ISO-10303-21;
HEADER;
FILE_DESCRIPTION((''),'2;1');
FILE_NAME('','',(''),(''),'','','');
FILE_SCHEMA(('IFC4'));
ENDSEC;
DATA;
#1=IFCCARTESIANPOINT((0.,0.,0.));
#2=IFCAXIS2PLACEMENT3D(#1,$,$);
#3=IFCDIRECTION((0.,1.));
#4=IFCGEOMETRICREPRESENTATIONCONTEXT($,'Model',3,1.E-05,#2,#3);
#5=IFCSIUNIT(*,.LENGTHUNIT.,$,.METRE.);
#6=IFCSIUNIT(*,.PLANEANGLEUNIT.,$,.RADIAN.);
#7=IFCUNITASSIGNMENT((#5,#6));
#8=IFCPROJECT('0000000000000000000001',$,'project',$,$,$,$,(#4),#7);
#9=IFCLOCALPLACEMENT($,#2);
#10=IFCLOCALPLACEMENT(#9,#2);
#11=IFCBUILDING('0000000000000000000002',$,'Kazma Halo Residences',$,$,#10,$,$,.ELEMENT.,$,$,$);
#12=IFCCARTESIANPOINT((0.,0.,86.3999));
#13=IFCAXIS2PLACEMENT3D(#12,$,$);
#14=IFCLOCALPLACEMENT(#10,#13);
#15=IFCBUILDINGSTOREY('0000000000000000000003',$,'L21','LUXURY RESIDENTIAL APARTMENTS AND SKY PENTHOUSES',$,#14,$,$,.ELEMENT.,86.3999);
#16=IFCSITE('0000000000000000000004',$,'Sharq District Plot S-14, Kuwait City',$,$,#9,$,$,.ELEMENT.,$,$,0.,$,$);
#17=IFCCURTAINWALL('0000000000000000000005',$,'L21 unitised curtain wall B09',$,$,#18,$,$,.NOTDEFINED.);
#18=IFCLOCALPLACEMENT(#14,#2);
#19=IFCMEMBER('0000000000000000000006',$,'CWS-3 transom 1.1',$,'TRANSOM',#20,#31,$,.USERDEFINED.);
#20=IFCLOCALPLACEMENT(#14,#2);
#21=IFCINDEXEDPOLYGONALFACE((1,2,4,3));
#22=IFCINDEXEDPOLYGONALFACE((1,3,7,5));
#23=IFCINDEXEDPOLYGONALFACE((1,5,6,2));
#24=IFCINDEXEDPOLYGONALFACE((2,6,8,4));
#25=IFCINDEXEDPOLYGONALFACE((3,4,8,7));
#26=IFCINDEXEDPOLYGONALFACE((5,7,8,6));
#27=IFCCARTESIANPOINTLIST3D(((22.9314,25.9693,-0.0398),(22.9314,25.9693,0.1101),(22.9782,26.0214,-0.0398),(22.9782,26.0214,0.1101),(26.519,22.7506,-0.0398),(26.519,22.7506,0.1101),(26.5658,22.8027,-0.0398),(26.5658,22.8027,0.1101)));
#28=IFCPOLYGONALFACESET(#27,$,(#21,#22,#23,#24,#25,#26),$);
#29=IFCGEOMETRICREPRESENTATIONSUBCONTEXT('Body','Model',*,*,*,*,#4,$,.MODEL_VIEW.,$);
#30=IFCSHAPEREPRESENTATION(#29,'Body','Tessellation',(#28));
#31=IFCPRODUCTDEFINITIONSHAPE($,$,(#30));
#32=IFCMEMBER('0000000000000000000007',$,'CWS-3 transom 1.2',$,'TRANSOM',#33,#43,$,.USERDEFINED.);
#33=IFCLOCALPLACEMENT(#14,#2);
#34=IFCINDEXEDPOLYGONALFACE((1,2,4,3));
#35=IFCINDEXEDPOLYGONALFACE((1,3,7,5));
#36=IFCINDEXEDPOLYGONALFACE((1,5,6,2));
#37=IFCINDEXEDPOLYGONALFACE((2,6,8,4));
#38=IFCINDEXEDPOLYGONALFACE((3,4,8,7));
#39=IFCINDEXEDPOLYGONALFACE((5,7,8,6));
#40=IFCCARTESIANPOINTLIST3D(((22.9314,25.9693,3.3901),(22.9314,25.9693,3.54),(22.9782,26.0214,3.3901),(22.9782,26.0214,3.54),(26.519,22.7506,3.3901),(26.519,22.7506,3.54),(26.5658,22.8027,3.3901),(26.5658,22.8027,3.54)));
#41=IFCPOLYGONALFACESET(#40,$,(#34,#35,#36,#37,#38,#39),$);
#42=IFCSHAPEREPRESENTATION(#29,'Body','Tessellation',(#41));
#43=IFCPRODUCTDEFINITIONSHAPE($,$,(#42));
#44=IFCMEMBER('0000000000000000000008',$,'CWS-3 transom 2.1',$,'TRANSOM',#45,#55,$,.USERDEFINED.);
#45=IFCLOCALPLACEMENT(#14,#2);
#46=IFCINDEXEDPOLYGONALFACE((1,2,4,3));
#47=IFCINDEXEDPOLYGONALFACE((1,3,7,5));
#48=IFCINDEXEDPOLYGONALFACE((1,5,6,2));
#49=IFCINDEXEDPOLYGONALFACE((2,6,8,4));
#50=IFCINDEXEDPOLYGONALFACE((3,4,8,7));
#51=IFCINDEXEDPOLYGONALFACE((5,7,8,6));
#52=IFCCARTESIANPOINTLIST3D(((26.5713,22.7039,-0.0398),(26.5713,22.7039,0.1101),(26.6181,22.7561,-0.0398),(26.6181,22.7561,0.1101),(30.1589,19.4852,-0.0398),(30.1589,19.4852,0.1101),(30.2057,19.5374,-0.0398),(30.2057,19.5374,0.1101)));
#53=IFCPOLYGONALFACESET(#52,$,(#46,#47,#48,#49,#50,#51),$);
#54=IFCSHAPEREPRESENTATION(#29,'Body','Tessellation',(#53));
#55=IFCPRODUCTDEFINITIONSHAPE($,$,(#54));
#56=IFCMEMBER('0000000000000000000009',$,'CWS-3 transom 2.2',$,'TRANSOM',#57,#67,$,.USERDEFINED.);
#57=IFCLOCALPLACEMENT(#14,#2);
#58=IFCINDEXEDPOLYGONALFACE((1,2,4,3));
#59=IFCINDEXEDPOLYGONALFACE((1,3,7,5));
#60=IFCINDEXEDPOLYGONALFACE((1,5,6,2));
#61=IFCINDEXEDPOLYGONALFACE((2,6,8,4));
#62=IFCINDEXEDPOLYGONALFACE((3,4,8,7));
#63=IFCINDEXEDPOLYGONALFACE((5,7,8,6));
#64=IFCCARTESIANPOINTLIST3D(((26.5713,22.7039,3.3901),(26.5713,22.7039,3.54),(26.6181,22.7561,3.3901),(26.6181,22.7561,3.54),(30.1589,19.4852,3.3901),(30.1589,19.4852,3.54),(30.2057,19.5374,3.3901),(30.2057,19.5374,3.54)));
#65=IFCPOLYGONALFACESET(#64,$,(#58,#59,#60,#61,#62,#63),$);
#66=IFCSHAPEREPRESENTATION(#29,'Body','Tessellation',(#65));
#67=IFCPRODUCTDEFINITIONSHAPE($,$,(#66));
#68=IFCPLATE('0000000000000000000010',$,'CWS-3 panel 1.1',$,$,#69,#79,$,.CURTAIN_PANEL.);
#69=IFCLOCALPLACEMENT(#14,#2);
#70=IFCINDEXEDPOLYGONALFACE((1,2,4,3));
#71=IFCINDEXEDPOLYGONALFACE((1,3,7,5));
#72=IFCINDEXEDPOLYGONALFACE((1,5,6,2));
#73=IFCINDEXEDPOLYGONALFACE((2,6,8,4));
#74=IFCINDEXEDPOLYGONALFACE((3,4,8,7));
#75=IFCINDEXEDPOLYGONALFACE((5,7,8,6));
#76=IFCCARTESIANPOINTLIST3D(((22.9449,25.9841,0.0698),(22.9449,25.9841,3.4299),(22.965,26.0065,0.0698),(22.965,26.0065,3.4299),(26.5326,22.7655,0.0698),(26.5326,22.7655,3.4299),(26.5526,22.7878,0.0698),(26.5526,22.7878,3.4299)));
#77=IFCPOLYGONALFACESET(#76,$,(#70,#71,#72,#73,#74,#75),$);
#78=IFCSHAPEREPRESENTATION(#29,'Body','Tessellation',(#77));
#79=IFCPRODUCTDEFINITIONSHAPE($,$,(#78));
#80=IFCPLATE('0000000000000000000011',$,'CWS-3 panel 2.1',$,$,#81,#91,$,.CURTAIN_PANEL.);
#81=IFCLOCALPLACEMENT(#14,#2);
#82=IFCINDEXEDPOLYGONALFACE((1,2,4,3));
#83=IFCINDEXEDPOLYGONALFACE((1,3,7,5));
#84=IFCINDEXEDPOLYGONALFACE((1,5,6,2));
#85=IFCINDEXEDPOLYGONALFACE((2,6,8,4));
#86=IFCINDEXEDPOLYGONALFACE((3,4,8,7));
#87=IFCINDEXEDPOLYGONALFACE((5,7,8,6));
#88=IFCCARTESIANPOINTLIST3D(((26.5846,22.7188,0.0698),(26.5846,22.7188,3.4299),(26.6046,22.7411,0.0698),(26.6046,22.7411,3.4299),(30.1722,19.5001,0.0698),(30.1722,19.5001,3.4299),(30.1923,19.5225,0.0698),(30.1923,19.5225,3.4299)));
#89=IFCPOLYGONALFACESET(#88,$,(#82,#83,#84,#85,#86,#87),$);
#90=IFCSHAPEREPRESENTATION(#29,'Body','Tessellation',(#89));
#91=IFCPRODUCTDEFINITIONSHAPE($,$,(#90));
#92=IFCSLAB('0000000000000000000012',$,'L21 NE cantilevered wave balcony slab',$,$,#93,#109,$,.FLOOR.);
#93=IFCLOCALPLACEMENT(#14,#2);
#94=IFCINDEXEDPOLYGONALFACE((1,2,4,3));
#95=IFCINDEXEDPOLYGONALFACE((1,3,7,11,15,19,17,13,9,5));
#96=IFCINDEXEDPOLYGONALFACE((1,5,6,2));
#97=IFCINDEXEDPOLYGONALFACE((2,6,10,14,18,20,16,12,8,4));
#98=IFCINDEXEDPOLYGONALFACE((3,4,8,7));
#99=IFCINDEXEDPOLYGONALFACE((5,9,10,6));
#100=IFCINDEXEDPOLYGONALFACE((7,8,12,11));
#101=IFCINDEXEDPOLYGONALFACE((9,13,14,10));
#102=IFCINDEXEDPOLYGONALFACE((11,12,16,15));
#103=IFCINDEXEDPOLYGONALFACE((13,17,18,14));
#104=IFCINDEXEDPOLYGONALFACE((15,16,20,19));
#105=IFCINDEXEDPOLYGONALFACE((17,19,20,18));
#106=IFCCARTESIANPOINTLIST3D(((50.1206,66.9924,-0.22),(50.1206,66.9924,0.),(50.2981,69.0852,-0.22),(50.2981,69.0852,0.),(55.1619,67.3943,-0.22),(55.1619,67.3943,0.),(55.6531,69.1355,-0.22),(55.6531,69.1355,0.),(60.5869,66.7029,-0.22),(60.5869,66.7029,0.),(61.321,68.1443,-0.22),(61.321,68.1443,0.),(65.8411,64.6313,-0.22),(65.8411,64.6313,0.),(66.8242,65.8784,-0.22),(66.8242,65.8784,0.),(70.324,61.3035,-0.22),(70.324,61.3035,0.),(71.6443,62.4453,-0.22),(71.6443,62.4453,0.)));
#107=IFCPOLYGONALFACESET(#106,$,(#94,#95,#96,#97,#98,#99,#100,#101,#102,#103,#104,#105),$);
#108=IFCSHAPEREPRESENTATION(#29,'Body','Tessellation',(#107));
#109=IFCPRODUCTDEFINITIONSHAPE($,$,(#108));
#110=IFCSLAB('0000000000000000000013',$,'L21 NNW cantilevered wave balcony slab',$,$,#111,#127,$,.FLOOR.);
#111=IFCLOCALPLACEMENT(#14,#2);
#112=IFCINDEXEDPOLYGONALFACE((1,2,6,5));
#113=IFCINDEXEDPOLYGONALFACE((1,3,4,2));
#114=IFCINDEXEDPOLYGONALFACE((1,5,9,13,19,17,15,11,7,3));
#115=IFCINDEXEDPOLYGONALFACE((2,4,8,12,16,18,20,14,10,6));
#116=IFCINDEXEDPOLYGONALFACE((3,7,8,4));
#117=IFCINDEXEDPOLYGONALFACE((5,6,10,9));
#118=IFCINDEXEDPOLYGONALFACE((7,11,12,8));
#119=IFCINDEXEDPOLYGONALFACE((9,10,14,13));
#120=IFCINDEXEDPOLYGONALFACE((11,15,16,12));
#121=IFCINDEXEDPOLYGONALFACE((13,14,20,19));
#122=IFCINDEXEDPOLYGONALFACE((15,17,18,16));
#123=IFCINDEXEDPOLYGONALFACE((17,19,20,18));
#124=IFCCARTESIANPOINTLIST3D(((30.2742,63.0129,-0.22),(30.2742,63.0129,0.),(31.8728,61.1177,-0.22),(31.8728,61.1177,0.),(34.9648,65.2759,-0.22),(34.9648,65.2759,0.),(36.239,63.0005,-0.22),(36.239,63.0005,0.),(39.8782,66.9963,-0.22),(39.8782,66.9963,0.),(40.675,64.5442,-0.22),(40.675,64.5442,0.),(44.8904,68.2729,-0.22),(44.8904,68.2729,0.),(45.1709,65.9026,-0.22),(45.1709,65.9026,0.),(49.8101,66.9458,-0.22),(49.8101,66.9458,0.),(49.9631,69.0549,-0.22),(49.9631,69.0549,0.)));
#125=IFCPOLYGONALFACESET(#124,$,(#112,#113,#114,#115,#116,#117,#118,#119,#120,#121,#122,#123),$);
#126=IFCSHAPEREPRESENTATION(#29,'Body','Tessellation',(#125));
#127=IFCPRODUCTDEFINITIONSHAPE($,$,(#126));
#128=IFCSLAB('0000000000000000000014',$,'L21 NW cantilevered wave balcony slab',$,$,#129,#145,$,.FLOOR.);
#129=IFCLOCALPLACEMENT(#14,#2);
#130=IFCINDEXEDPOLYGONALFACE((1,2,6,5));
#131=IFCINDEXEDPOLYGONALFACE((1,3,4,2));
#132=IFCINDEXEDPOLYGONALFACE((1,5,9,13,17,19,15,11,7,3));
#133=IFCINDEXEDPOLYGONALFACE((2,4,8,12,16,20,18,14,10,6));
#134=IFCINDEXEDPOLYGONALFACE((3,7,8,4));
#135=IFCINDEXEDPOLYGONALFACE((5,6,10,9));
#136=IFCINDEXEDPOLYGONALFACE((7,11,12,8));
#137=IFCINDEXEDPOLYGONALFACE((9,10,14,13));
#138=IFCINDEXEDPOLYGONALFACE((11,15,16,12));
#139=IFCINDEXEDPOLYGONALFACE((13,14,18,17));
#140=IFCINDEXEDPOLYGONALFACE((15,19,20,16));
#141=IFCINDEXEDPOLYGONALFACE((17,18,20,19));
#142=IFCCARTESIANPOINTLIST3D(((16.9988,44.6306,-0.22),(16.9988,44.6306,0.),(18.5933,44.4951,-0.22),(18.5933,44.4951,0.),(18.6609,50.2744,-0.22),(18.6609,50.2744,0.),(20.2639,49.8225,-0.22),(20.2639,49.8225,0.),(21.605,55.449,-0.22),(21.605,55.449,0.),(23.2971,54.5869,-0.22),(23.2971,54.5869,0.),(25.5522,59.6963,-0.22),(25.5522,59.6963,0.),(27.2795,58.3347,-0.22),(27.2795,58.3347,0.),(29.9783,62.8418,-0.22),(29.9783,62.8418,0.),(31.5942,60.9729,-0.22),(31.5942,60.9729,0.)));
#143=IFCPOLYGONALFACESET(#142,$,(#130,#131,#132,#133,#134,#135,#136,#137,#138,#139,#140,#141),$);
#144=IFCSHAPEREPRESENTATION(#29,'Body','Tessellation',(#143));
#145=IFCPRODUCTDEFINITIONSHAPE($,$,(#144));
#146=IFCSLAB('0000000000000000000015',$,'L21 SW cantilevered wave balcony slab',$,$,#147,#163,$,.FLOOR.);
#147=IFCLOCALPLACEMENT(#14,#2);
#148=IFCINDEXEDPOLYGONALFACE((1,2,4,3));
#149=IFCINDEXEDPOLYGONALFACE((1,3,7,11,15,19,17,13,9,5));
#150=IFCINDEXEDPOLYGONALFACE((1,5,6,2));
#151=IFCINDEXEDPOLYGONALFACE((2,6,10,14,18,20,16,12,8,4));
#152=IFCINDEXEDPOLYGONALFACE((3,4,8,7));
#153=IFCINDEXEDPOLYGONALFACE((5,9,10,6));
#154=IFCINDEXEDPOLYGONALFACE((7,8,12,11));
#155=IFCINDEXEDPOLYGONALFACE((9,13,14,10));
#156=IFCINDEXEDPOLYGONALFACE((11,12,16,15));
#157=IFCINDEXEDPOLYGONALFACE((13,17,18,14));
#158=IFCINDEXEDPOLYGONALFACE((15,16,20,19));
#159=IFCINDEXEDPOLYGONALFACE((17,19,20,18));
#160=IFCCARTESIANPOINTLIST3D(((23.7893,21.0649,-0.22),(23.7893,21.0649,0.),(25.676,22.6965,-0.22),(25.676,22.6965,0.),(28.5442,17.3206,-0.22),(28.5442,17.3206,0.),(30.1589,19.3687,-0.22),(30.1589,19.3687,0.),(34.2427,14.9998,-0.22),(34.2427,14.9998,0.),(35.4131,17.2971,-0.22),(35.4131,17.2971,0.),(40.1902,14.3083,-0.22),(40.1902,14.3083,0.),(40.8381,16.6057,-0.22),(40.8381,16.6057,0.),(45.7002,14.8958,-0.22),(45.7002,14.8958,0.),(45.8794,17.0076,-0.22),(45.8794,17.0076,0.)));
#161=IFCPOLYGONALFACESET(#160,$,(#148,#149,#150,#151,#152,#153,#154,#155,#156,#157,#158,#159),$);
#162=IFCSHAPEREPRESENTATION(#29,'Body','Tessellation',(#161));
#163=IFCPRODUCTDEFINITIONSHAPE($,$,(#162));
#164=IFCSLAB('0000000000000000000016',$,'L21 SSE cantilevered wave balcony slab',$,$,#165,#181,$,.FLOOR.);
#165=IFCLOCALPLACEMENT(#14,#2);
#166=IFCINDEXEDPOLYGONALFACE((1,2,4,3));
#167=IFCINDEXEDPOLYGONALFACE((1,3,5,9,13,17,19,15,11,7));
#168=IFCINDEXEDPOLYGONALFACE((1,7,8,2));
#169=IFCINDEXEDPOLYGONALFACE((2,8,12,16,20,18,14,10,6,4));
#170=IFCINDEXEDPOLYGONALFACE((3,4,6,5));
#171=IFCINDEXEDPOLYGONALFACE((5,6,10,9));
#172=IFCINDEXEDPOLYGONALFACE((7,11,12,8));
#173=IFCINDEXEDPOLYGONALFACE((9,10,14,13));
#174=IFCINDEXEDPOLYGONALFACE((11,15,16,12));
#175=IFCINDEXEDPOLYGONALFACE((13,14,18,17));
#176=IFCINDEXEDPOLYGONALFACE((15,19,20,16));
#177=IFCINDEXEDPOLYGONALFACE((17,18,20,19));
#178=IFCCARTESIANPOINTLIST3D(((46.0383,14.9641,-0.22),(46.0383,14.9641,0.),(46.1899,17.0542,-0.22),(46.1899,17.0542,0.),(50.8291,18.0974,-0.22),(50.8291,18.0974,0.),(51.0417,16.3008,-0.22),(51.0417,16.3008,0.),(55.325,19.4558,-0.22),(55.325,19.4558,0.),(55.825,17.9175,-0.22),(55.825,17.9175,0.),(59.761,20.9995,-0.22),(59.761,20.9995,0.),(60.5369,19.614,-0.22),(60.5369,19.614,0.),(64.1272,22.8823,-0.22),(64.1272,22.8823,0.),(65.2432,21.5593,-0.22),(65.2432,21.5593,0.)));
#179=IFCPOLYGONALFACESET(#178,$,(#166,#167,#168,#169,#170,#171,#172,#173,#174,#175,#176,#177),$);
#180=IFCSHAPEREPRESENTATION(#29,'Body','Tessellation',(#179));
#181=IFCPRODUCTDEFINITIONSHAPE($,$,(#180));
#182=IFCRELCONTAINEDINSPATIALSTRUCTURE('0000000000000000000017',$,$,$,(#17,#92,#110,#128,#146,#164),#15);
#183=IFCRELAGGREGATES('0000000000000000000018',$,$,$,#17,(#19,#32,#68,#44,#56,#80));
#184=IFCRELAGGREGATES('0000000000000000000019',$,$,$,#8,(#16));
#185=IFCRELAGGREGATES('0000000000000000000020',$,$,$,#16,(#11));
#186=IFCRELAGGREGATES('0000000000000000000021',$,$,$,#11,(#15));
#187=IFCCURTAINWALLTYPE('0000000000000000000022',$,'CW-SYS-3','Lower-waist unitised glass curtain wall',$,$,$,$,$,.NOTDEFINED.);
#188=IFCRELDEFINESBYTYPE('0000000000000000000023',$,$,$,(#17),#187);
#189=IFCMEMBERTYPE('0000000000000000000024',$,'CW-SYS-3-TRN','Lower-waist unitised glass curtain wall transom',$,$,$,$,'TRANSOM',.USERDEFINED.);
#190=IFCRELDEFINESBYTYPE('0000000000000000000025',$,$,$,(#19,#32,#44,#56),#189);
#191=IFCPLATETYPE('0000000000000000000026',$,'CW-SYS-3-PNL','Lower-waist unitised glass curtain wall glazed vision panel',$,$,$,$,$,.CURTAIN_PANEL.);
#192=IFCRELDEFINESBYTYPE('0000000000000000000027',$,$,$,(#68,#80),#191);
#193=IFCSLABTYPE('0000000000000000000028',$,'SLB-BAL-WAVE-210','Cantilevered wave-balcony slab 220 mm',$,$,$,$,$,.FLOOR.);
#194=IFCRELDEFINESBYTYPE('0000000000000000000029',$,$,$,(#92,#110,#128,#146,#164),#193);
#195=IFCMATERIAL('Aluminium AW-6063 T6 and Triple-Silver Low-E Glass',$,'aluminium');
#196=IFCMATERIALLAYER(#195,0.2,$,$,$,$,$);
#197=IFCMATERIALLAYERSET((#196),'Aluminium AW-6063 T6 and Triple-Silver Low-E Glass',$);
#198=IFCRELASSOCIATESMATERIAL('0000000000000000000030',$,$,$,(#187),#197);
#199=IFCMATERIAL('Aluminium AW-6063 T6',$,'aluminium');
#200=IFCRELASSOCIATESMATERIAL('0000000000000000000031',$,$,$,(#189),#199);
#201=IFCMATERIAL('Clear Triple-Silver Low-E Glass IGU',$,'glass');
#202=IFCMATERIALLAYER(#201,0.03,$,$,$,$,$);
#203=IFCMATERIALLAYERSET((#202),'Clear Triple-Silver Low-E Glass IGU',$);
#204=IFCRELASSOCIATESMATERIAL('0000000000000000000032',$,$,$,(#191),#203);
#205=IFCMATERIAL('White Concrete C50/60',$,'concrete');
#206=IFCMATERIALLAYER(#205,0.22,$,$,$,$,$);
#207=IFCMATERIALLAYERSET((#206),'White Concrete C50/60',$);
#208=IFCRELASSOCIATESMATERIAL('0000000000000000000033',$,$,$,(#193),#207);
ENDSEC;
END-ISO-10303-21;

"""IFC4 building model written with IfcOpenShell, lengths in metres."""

from ifc_helpers import new_model, si_unit, direction, frame, origin, origin_2d, place, context, subcontext, project, spatial, polyline, rectangle, outline, extrude, material, layer, layer_set, material_profile, profile_set, type_object, element, aggregate, save


model = new_model("IFC4")

# Units and contexts
model_context = context("Model", 3, precision=1e-05, world=origin(), true_north=direction((0.0, 1.0)))
body_context = subcontext(model_context, "Body", "Model", "MODEL_VIEW")
ifc_project = project(units=[si_unit("LENGTHUNIT", "METRE"), si_unit("PLANEANGLEUNIT", "RADIAN")], contexts=[model_context])

# Site, building, storey
site_placement = place(None, origin())
site = spatial("IfcSite", under=ifc_project, at=site_placement, Name="Sharq District Plot S-14, Kuwait City", CompositionType="ELEMENT", RefElevation=0.0)
building_placement = place(site_placement, origin())
building = spatial("IfcBuilding", under=site, at=building_placement, Name="Kazma Halo Residences", CompositionType="ELEMENT")
storey_placement = place(building_placement, frame((0.0, 0.0, 86.3999)))
storey = spatial("IfcBuildingStorey", under=building, at=storey_placement, Name="L21", Description="LUXURY RESIDENTIAL APARTMENTS AND SKY PENTHOUSES", CompositionType="ELEMENT", Elevation=86.3999)

# Curtain wall, members, plates
ifc_material_1 = material(Name="Aluminium AW-6063 T6 and Triple-Silver Low-E Glass", Category="aluminium")
ifc_layer_1 = layer(ifc_material_1, 0.2)
ifc_layer_set_1 = layer_set([ifc_layer_1], Name="Aluminium AW-6063 T6 and Triple-Silver Low-E Glass")
curtain_wall_type = type_object("IfcCurtainWallType", Name="CW-SYS-3", Description="Lower-waist unitised glass curtain wall", PredefinedType="NOTDEFINED", material=ifc_layer_set_1)
curtain_wall_placement = place(storey_placement, origin())
curtain_wall = element("IfcCurtainWall", 1, at=curtain_wall_placement, inside=storey, type_object=curtain_wall_type, Name="L21 unitised curtain wall B09", PredefinedType="NOTDEFINED")
ifc_material_2 = material(Name="Aluminium AW-6063 T6", Category="aluminium")
ifc_material_profile_1 = material_profile(ifc_material_2, rectangle(XDim=0.0701, YDim=0.1499, at=origin_2d()), Name="CWT-70x150")
ifc_profile_set_1 = profile_set([ifc_material_profile_1], Name="Aluminium AW-6063 T6")
member_type_1 = type_object("IfcMemberType", Name="CW-SYS-3-TRN", Description="Lower-waist unitised glass curtain wall transom", ElementType="TRANSOM", PredefinedType="USERDEFINED", material=ifc_profile_set_1)
member_1_placement = place(storey_placement, frame((22.9548, 25.9954, 0.0352), z_axis=(0.744338, -0.667803, 0.0), x_axis=(0.667803, 0.744338, 0.0)))
member_1 = element("IfcMember", 2, at=member_1_placement, type_object=member_type_1, Name="CWS-3 transom 1.1", ObjectType="TRANSOM", PredefinedType="USERDEFINED", context=body_context, shape_type="SweptSolid", body=[
    extrude(rectangle(XDim=0.0701, YDim=0.1499, at=origin_2d()), origin(), (0.0, 0.0, 1.0), 4.8198),
])
member_2_placement = place(storey_placement, frame((22.9548, 25.9954, 3.4651), z_axis=(0.744338, -0.667803, 0.0), x_axis=(0.667803, 0.744338, 0.0)))
member_2 = element("IfcMember", 3, at=member_2_placement, type_object=member_type_1, Name="CWS-3 transom 1.2", ObjectType="TRANSOM", PredefinedType="USERDEFINED", context=body_context, shape_type="SweptSolid", body=[
    extrude(rectangle(XDim=0.0701, YDim=0.1499, at=origin_2d()), origin(), (0.0, 0.0, 1.0), 4.8198),
])
member_3_placement = place(storey_placement, frame((26.5947, 22.73, 0.0352), z_axis=(0.744338, -0.667803, 0.0), x_axis=(0.667803, 0.744338, 0.0)))
member_3 = element("IfcMember", 4, at=member_3_placement, type_object=member_type_1, Name="CWS-3 transom 2.1", ObjectType="TRANSOM", PredefinedType="USERDEFINED", context=body_context, shape_type="SweptSolid", body=[
    extrude(rectangle(XDim=0.0701, YDim=0.1499, at=origin_2d()), origin(), (0.0, 0.0, 1.0), 4.8198),
])
member_4_placement = place(storey_placement, frame((26.5947, 22.73, 3.4651), z_axis=(0.744338, -0.667803, 0.0), x_axis=(0.667803, 0.744338, 0.0)))
member_4 = element("IfcMember", 5, at=member_4_placement, type_object=member_type_1, Name="CWS-3 transom 2.2", ObjectType="TRANSOM", PredefinedType="USERDEFINED", context=body_context, shape_type="SweptSolid", body=[
    extrude(rectangle(XDim=0.0701, YDim=0.1499, at=origin_2d()), origin(), (0.0, 0.0, 1.0), 4.8198),
])
ifc_material_3 = material(Name="Clear Triple-Silver Low-E Glass IGU", Category="glass")
ifc_layer_2 = layer(ifc_material_3, 0.03)
ifc_layer_set_2 = layer_set([ifc_layer_2], Name="Clear Triple-Silver Low-E Glass IGU")
plate_type = type_object("IfcPlateType", Name="CW-SYS-3-PNL", Description="Lower-waist unitised glass curtain wall glazed vision panel", PredefinedType="CURTAIN_PANEL", material=ifc_layer_set_2)
plate_1_placement = place(storey_placement, frame((24.7488, 24.386, 0.0698), z_axis=(0.0, 0.0, 1.0), x_axis=(0.744345, -0.667795, 0.0)))
plate_1 = element("IfcPlate", 6, at=plate_1_placement, type_object=plate_type, Name="CWS-3 panel 1.1", PredefinedType="CURTAIN_PANEL", context=body_context, shape_type="SweptSolid", body=[
    extrude(rectangle(XDim=4.8198, YDim=0.03, at=origin_2d()), origin(), (0.0, 0.0, 1.0), 3.3601),
])
plate_2_placement = place(storey_placement, frame((28.3884, 21.1206, 0.0698), z_axis=(0.0, 0.0, 1.0), x_axis=(0.744345, -0.667795, 0.0)))
plate_2 = element("IfcPlate", 7, at=plate_2_placement, type_object=plate_type, Name="CWS-3 panel 2.1", PredefinedType="CURTAIN_PANEL", context=body_context, shape_type="SweptSolid", body=[
    extrude(rectangle(XDim=4.8198, YDim=0.03, at=origin_2d()), origin(), (0.0, 0.0, 1.0), 3.3601),
])
aggregate(curtain_wall, [member_1, member_2, plate_1, member_3, member_4, plate_2])

# Slabs
ifc_material_4 = material(Name="White Concrete C50/60", Category="concrete")
ifc_layer_3 = layer(ifc_material_4, 0.22)
ifc_layer_set_3 = layer_set([ifc_layer_3], Name="White Concrete C50/60")
slab_type_1 = type_object("IfcSlabType", Name="SLB-BAL-WAVE-210", Description="Cantilevered wave-balcony slab 220 mm", PredefinedType="FLOOR", material=ifc_layer_set_3)
slab_1_placement = place(storey_placement, frame((0.0, 0.0, -0.22)))
element("IfcSlab", 8, at=slab_1_placement, inside=storey, type_object=slab_type_1, Name="L21 NE cantilevered wave balcony slab", PredefinedType="FLOOR", context=body_context, shape_type="SweptSolid", body=[
    extrude(outline(polyline([(70.324, 61.3035), (65.8411, 64.6313), (60.5869, 66.7029), (55.1619, 67.3943), (50.1206, 66.9924), (50.2981, 69.0852), (55.6531, 69.1355), (61.321, 68.1443), (66.8242, 65.8784), (71.6443, 62.4453), (70.324, 61.3035)])), origin(), (0.0, 0.0, 1.0), 0.22),
])
slab_2_placement = place(storey_placement, frame((0.0, 0.0, -0.22)))
element("IfcSlab", 9, at=slab_2_placement, inside=storey, type_object=slab_type_1, Name="L21 NNW cantilevered wave balcony slab", PredefinedType="FLOOR", context=body_context, shape_type="SweptSolid", body=[
    extrude(outline(polyline([(49.8101, 66.9458), (45.1709, 65.9026), (40.675, 64.5442), (36.239, 63.0005), (31.8728, 61.1177), (30.2742, 63.0129), (34.9648, 65.2759), (39.8782, 66.9963), (44.8904, 68.2729), (49.9631, 69.0549), (49.8101, 66.9458)])), origin(), (0.0, 0.0, 1.0), 0.22),
])
slab_3_placement = place(storey_placement, frame((0.0, 0.0, -0.22)))
element("IfcSlab", 10, at=slab_3_placement, inside=storey, type_object=slab_type_1, Name="L21 NW cantilevered wave balcony slab", PredefinedType="FLOOR", context=body_context, shape_type="SweptSolid", body=[
    extrude(outline(polyline([(31.5942, 60.9729), (27.2795, 58.3347), (23.2971, 54.5869), (20.2639, 49.8225), (18.5933, 44.4951), (16.9988, 44.6306), (18.6609, 50.2744), (21.605, 55.449), (25.5522, 59.6963), (29.9783, 62.8418), (31.5942, 60.9729)])), origin(), (0.0, 0.0, 1.0), 0.22),
])
slab_4_placement = place(storey_placement, frame((0.0, 0.0, -0.22)))
element("IfcSlab", 11, at=slab_4_placement, inside=storey, type_object=slab_type_1, Name="L21 SW cantilevered wave balcony slab", PredefinedType="FLOOR", context=body_context, shape_type="SweptSolid", body=[
    extrude(outline(polyline([(25.676, 22.6965), (30.1589, 19.3687), (35.4131, 17.2971), (40.8381, 16.6057), (45.8794, 17.0076), (45.7002, 14.8958), (40.1902, 14.3083), (34.2427, 14.9998), (28.5442, 17.3206), (23.7893, 21.0649), (25.676, 22.6965)])), origin(), (0.0, 0.0, 1.0), 0.22),
])
slab_5_placement = place(storey_placement, frame((0.0, 0.0, -0.22)))
element("IfcSlab", 12, at=slab_5_placement, inside=storey, type_object=slab_type_1, Name="L21 SSE cantilevered wave balcony slab", PredefinedType="FLOOR", context=body_context, shape_type="SweptSolid", body=[
    extrude(outline(polyline([(46.1899, 17.0542), (50.8291, 18.0974), (55.325, 19.4558), (59.761, 20.9995), (64.1272, 22.8823), (65.2432, 21.5593), (60.5369, 19.614), (55.825, 17.9175), (51.0417, 16.3008), (46.0383, 14.9641), (46.1899, 17.0542)])), origin(), (0.0, 0.0, 1.0), 0.22),
])

save(model, "model.ifc")
